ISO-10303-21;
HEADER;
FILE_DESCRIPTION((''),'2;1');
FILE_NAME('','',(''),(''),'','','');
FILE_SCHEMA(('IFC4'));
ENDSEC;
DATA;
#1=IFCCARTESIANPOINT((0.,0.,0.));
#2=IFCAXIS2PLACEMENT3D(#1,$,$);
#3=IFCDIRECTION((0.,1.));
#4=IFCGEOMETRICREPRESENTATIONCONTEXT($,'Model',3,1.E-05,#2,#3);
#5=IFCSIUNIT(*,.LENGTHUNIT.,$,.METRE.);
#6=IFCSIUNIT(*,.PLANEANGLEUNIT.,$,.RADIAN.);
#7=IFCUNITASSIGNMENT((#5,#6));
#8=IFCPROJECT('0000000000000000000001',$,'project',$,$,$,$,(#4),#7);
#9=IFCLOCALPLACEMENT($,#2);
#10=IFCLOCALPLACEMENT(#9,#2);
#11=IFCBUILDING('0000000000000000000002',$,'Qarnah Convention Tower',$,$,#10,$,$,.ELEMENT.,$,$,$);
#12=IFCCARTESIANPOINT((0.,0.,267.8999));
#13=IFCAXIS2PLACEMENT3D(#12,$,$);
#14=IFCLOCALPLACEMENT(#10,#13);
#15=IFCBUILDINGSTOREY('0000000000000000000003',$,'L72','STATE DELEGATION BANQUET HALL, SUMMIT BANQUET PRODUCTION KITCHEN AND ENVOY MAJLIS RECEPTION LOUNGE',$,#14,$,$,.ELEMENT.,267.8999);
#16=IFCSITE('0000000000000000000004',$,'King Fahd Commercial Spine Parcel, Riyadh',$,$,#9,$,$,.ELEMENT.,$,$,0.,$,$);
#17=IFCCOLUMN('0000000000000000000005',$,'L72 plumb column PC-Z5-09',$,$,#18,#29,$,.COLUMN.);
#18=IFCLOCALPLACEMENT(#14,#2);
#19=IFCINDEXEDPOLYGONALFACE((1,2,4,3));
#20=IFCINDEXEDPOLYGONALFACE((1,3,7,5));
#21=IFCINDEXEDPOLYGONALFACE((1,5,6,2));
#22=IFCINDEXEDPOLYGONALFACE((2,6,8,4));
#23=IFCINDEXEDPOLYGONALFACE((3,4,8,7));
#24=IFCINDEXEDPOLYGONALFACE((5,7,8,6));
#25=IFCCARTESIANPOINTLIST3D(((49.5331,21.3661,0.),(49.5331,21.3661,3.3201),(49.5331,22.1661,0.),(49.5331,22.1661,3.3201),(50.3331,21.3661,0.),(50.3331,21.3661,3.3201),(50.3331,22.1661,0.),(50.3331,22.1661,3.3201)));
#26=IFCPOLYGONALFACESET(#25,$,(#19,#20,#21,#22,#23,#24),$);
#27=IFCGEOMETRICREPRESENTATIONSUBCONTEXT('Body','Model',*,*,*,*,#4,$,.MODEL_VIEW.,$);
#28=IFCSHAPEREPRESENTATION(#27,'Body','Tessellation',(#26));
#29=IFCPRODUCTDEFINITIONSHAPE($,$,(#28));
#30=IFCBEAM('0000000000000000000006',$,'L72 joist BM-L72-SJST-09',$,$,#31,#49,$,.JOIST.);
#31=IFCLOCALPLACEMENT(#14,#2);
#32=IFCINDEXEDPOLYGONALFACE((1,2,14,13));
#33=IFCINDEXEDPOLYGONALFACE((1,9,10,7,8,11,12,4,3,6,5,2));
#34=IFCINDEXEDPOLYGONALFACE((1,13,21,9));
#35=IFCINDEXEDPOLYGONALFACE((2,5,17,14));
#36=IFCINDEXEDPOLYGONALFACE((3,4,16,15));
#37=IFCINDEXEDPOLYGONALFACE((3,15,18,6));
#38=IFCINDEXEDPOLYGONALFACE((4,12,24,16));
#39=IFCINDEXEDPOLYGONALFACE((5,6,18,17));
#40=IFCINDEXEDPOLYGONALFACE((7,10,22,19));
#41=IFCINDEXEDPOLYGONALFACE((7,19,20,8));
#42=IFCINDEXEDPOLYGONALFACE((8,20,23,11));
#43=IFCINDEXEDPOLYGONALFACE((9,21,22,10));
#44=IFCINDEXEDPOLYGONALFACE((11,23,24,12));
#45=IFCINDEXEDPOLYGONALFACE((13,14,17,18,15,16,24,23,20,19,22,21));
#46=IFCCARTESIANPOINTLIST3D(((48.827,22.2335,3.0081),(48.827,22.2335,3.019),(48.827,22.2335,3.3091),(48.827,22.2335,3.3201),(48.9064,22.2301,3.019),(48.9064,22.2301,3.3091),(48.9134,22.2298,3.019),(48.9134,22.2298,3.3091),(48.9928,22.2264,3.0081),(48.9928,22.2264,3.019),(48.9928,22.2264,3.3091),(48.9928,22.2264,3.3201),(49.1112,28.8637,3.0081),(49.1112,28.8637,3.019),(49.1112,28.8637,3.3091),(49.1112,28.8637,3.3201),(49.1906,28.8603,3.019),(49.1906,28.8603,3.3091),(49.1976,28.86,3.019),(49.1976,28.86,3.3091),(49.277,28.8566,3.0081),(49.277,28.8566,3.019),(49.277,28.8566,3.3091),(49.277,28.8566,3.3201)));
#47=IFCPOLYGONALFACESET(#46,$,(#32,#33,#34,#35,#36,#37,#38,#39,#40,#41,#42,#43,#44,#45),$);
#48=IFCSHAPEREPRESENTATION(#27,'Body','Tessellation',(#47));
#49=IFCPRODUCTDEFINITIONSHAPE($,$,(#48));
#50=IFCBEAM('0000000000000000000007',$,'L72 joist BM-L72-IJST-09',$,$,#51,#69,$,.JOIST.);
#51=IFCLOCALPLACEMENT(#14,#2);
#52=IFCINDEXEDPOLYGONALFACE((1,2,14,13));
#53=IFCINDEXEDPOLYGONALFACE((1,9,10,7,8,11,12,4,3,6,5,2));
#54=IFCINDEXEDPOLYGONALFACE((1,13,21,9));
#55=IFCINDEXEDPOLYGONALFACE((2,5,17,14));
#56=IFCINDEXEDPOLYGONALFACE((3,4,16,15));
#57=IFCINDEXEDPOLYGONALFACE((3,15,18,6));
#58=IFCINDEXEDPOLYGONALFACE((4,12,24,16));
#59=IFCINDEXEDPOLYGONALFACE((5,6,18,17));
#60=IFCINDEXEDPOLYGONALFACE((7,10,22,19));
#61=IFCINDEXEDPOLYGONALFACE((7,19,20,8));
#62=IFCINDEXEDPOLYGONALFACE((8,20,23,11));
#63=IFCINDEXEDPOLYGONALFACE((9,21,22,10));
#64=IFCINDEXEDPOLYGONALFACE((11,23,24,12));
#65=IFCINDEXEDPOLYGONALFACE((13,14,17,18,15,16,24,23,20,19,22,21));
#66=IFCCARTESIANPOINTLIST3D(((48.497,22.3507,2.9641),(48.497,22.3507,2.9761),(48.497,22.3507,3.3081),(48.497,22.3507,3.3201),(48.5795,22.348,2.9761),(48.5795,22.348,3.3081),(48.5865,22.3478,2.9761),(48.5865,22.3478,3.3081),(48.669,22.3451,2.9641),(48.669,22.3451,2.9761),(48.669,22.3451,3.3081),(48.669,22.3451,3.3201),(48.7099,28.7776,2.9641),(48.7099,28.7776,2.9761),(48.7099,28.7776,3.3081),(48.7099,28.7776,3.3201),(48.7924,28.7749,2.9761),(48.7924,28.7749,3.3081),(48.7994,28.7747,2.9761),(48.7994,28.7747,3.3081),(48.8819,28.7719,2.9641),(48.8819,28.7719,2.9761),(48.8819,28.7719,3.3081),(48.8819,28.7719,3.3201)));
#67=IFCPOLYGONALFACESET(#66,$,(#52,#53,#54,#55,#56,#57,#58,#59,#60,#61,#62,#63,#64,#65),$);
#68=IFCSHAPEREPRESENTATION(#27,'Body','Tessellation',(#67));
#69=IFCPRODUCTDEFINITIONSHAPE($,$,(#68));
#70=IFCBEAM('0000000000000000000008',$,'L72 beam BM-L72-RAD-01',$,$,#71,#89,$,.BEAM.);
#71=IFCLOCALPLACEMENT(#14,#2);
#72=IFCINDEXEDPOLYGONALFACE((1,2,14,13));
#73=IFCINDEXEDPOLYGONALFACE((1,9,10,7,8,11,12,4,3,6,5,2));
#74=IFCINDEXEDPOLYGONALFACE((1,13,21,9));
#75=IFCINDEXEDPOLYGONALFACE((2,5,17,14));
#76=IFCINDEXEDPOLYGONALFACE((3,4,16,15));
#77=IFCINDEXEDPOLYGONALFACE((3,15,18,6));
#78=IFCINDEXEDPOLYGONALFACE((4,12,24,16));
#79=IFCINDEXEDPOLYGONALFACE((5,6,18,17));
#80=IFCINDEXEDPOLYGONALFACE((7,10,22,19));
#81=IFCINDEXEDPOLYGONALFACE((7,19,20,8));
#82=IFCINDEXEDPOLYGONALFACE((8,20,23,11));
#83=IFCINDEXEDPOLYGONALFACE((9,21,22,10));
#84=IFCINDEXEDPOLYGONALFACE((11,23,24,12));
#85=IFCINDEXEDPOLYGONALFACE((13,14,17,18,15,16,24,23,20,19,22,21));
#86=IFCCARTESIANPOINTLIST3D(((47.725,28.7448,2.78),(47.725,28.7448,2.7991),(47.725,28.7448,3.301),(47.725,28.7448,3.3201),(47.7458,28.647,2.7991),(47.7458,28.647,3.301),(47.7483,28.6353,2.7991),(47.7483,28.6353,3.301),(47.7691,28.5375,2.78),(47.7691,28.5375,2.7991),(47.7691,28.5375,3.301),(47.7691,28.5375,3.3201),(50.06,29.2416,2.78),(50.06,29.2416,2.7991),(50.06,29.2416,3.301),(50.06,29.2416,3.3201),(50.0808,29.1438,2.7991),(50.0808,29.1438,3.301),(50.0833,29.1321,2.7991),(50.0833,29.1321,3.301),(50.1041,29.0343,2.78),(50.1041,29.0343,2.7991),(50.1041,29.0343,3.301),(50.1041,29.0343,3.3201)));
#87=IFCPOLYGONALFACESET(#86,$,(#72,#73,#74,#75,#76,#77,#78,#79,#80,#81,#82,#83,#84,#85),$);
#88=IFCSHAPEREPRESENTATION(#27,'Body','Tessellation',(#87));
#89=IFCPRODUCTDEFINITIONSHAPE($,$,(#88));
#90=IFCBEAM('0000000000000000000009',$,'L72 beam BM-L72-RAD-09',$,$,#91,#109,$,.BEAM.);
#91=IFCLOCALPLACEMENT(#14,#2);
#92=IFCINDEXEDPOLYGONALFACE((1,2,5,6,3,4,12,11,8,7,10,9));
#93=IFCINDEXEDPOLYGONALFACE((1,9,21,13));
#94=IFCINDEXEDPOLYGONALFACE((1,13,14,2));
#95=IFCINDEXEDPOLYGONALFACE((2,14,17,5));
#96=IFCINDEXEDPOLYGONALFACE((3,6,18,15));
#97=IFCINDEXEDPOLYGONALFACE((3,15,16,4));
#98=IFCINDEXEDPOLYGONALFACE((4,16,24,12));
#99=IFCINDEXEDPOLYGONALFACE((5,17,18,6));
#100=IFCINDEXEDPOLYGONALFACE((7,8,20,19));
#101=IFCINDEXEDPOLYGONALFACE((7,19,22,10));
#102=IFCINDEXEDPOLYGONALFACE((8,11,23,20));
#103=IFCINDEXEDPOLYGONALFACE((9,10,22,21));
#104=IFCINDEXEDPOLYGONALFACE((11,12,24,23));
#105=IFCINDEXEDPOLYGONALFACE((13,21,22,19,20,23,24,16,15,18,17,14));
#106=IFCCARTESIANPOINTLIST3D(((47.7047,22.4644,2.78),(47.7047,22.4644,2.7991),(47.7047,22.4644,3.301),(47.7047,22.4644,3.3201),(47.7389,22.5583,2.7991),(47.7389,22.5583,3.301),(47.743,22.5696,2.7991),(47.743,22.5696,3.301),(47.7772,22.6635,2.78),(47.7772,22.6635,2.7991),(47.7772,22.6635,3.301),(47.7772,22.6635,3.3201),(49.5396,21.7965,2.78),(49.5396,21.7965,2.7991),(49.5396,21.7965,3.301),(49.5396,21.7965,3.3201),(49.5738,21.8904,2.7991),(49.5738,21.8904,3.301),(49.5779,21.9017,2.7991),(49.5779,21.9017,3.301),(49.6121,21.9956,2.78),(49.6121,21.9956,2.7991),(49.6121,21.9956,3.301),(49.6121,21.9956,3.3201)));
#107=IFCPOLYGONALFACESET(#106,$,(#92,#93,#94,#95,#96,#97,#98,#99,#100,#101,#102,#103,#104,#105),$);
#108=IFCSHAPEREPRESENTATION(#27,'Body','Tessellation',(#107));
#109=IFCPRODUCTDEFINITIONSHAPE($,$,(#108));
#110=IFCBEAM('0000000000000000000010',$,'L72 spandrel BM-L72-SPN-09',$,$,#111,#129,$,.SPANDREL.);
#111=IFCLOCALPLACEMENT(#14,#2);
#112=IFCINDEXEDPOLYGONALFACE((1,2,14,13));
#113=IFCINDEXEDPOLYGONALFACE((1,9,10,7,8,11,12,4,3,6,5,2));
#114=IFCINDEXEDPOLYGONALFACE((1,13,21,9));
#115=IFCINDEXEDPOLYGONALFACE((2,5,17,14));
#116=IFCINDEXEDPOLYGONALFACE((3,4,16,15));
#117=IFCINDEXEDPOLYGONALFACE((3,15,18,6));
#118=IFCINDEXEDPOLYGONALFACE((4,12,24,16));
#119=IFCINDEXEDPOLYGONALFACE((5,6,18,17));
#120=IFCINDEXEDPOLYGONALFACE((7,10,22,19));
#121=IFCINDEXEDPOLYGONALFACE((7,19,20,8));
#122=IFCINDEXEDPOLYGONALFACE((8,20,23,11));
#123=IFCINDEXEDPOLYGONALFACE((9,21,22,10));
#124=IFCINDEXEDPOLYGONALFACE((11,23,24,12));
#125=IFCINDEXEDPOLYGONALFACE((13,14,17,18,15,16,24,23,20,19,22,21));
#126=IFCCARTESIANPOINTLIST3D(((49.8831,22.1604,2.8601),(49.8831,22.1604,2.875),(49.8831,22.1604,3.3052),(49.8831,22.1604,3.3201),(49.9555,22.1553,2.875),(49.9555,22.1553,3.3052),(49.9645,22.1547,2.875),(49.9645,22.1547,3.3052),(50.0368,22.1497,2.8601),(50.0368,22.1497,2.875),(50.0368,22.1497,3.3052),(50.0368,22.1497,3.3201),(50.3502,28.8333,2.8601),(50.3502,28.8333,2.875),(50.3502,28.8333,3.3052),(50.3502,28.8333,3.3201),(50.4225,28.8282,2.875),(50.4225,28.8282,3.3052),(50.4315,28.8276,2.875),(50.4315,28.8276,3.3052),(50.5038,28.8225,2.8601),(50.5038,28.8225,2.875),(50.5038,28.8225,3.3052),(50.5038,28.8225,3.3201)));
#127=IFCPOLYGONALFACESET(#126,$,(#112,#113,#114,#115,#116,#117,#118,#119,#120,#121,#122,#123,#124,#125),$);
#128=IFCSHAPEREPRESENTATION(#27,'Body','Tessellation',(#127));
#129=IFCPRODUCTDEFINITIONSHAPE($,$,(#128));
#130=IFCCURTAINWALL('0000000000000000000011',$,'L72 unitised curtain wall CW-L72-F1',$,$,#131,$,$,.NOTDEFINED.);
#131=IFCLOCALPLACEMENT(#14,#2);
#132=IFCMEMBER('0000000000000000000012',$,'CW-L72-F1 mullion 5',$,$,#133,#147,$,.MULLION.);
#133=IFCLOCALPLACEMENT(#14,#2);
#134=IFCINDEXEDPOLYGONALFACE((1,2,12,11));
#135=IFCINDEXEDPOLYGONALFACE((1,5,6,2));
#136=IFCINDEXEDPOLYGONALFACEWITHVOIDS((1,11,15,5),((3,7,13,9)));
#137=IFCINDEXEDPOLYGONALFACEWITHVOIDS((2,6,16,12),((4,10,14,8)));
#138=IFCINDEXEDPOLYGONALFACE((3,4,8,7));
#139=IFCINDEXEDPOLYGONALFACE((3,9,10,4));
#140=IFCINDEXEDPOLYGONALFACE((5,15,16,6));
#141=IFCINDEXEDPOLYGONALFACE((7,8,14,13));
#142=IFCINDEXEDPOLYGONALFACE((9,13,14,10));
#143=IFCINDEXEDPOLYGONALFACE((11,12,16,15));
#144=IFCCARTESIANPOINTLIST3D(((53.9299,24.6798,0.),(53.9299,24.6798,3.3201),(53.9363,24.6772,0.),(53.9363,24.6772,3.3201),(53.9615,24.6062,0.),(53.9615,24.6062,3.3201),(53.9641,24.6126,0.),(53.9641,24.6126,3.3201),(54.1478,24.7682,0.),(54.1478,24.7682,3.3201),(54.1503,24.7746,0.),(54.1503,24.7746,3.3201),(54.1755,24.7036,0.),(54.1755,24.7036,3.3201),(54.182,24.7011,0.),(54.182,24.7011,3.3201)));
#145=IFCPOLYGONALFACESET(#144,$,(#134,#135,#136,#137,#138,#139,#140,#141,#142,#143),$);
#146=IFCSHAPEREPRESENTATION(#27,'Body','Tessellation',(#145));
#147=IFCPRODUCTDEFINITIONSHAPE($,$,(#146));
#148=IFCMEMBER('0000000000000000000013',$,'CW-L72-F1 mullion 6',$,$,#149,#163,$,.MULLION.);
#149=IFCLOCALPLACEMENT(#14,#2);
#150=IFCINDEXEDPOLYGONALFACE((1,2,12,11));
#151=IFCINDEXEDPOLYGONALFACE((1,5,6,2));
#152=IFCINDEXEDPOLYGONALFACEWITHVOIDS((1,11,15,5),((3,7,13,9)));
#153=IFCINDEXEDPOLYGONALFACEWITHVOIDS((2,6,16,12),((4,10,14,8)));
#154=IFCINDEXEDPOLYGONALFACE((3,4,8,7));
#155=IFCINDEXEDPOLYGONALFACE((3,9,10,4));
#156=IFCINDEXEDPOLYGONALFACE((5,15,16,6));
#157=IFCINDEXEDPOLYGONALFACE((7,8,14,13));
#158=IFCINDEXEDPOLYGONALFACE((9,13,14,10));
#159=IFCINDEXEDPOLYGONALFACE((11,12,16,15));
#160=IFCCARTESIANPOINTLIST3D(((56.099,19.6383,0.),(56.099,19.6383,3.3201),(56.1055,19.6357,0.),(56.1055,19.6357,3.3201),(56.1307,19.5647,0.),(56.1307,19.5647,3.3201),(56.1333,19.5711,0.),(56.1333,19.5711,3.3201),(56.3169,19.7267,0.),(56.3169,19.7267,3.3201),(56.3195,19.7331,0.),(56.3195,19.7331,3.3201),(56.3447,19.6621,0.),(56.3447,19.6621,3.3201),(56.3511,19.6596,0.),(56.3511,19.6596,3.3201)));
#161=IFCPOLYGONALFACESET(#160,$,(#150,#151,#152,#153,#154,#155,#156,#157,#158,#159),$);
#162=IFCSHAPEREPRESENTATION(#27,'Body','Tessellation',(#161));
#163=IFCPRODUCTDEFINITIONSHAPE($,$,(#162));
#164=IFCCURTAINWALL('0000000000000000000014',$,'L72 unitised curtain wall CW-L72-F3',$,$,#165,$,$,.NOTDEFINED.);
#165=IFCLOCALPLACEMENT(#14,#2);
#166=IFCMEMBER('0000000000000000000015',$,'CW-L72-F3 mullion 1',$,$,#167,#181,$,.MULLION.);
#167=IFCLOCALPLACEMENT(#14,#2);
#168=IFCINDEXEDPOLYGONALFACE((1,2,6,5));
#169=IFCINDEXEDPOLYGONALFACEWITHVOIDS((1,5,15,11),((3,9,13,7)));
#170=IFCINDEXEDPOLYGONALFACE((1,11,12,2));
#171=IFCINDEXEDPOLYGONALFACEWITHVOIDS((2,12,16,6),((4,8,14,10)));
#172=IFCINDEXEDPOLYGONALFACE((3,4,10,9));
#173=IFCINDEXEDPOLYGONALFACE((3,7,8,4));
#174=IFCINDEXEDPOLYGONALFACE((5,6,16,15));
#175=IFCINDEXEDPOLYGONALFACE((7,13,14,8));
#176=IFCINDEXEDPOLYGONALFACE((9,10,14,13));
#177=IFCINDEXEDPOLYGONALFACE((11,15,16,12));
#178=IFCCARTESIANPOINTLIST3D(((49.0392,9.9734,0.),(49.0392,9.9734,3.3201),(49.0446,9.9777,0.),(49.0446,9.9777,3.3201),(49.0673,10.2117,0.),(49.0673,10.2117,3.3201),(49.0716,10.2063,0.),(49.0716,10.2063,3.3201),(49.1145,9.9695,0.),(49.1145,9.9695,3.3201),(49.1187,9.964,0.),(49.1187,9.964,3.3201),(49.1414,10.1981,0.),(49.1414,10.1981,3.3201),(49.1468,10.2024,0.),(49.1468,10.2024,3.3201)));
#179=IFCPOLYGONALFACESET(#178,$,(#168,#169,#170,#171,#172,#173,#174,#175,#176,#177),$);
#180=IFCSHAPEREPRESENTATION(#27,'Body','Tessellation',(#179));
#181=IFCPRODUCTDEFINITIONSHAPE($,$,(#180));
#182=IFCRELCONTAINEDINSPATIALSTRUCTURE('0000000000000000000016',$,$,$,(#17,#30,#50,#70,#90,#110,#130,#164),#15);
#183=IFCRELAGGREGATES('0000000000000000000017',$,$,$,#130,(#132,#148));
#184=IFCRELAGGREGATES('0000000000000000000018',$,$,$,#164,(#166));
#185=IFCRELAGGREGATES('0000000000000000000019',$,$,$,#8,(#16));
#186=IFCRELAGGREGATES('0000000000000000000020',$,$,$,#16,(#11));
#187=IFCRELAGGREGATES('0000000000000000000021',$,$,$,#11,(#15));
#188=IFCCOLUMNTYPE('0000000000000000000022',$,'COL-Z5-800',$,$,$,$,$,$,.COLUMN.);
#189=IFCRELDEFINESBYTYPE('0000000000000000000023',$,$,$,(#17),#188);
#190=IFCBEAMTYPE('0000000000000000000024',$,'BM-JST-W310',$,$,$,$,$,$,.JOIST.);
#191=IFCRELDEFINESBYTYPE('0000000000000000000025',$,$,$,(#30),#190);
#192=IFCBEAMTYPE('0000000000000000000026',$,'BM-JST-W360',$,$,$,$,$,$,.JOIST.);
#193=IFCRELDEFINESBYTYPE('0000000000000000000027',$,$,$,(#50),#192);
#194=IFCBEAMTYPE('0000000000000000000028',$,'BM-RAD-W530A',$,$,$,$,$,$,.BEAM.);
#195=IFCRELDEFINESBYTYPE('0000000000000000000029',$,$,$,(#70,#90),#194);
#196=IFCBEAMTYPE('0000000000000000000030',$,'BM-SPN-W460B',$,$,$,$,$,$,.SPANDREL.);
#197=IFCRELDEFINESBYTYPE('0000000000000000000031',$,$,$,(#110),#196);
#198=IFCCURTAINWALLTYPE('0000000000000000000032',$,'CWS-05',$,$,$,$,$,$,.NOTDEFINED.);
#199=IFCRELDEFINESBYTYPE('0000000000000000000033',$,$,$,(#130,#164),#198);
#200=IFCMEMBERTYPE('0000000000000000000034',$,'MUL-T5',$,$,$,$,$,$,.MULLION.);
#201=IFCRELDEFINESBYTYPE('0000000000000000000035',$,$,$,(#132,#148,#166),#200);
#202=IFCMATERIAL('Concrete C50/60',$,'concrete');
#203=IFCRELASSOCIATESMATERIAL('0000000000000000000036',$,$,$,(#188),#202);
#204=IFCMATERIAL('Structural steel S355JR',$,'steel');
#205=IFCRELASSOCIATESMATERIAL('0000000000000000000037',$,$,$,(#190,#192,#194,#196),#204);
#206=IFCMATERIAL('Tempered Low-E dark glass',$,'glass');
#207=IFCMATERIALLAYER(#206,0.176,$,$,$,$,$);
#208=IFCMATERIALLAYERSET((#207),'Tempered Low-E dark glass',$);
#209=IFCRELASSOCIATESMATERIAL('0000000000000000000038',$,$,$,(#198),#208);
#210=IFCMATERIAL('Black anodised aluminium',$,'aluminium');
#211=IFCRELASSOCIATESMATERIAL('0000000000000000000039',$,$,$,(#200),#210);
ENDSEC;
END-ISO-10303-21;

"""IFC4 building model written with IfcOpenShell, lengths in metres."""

from ifc_helpers import new_model, si_unit, direction, frame, origin, origin_2d, place, context, subcontext, project, spatial, rectangle, hollow_rectangle, i_section, extrude, material, layer, layer_set, material_profile, profile_set, type_object, element, aggregate, save


model = new_model("IFC4")

# Units and contexts
model_context = context("Model", 3, precision=1e-05, world=origin(), true_north=direction((0.0, 1.0)))
body_context = subcontext(model_context, "Body", "Model", "MODEL_VIEW")
ifc_project = project(units=[si_unit("LENGTHUNIT", "METRE"), si_unit("PLANEANGLEUNIT", "RADIAN")], contexts=[model_context])

# Site, building, storey
site_placement = place(None, origin())
site = spatial("IfcSite", under=ifc_project, at=site_placement, Name="King Fahd Commercial Spine Parcel, Riyadh", CompositionType="ELEMENT", RefElevation=0.0)
building_placement = place(site_placement, origin())
building = spatial("IfcBuilding", under=site, at=building_placement, Name="Qarnah Convention Tower", CompositionType="ELEMENT")
storey_placement = place(building_placement, frame((0.0, 0.0, 267.8999)))
storey = spatial("IfcBuildingStorey", under=building, at=storey_placement, Name="L72", Description="STATE DELEGATION BANQUET HALL, SUMMIT BANQUET PRODUCTION KITCHEN AND ENVOY MAJLIS RECEPTION LOUNGE", CompositionType="ELEMENT", Elevation=267.8999)

# Column
ifc_material_1 = material(Name="Concrete C50/60", Category="concrete")
ifc_material_profile_1 = material_profile(ifc_material_1, rectangle(XDim=0.8, YDim=0.8, at=origin_2d()), Name="RC-COL-800X800")
ifc_profile_set_1 = profile_set([ifc_material_profile_1], Name="Concrete C50/60")
column_type = type_object("IfcColumnType", Name="COL-Z5-800", PredefinedType="COLUMN", material=ifc_profile_set_1)
column_placement = place(storey_placement, frame((49.9331, 21.7661, 0.0), z_axis=(0.0, 0.0, 1.0), x_axis=(1.0, 0.0, 0.0)))
element("IfcColumn", 1, at=column_placement, inside=storey, type_object=column_type, Name="L72 plumb column PC-Z5-09", PredefinedType="COLUMN", context=body_context, shape_type="SweptSolid", body=[
    extrude(rectangle(XDim=0.8, YDim=0.8, at=origin_2d()), origin(), (0.0, 0.0, 1.0), 3.3201),
])

# Beams
ifc_material_2 = material(Name="Structural steel S355JR", Category="steel")
ifc_material_profile_2 = material_profile(ifc_material_2, i_section(OverallWidth=0.166, OverallDepth=0.312, WebThickness=0.0071, FlangeThickness=0.011, at=origin_2d()), Name="W310X45")
ifc_profile_set_2 = profile_set([ifc_material_profile_2], Name="Structural steel S355JR")
beam_type_1 = type_object("IfcBeamType", Name="BM-JST-W310", PredefinedType="JOIST", material=ifc_profile_set_2)
beam_1_placement = place(storey_placement, frame((48.9099, 22.23, 3.1641), z_axis=(0.042823, 0.999083, 0.0), x_axis=(-0.999083, 0.042823, 0.0)))
element("IfcBeam", 2, at=beam_1_placement, inside=storey, type_object=beam_type_1, Name="L72 joist BM-L72-SJST-09", PredefinedType="JOIST", context=body_context, shape_type="SweptSolid", body=[
    extrude(i_section(OverallWidth=0.166, OverallDepth=0.312, WebThickness=0.0071, FlangeThickness=0.011, at=origin_2d()), origin(), (0.0, 0.0, 1.0), 6.6362),
])
ifc_material_profile_3 = material_profile(ifc_material_2, i_section(OverallWidth=0.1721, OverallDepth=0.356, WebThickness=0.0071, FlangeThickness=0.012, at=origin_2d()), Name="W360X51")
ifc_profile_set_3 = profile_set([ifc_material_profile_3], Name="Structural steel S355JR")
beam_type_2 = type_object("IfcBeamType", Name="BM-JST-W360", PredefinedType="JOIST", material=ifc_profile_set_3)
beam_2_placement = place(storey_placement, frame((48.583, 22.3479, 3.1421), z_axis=(0.033106, 0.999452, 0.0), x_axis=(-0.999452, 0.033106, 0.0)))
element("IfcBeam", 3, at=beam_2_placement, inside=storey, type_object=beam_type_2, Name="L72 joist BM-L72-IJST-09", PredefinedType="JOIST", context=body_context, shape_type="SweptSolid", body=[
    extrude(i_section(OverallWidth=0.1721, OverallDepth=0.356, WebThickness=0.0071, FlangeThickness=0.012, at=origin_2d()), origin(), (0.0, 0.0, 1.0), 6.4304),
])
ifc_material_profile_4 = material_profile(ifc_material_2, i_section(OverallWidth=0.2119, OverallDepth=0.54, WebThickness=0.012, FlangeThickness=0.019, at=origin_2d()), Name="W530X109")
ifc_profile_set_4 = profile_set([ifc_material_profile_4], Name="Structural steel S355JR")
beam_type_3 = type_object("IfcBeamType", Name="BM-RAD-W530A", PredefinedType="BEAM", material=ifc_profile_set_4)
beam_3_placement = place(storey_placement, frame((47.7471, 28.6411, 3.05), z_axis=(0.978104, 0.208118, 0.0), x_axis=(-0.208118, 0.978104, 0.0)))
element("IfcBeam", 4, at=beam_3_placement, inside=storey, type_object=beam_type_3, Name="L72 beam BM-L72-RAD-01", PredefinedType="BEAM", context=body_context, shape_type="SweptSolid", body=[
    extrude(i_section(OverallWidth=0.2119, OverallDepth=0.54, WebThickness=0.012, FlangeThickness=0.019, at=origin_2d()), origin(), (0.0, 0.0, 1.0), 2.3872),
])
beam_4_placement = place(storey_placement, frame((47.741, 22.564, 3.05), z_axis=(0.939677, -0.342064, 0.0), x_axis=(0.342064, 0.939677, 0.0)))
element("IfcBeam", 5, at=beam_4_placement, inside=storey, type_object=beam_type_3, Name="L72 beam BM-L72-RAD-09", PredefinedType="BEAM", context=body_context, shape_type="SweptSolid", body=[
    extrude(i_section(OverallWidth=0.2119, OverallDepth=0.54, WebThickness=0.012, FlangeThickness=0.019, at=origin_2d()), origin(), (0.0, 0.0, 1.0), 1.9526),
])
ifc_material_profile_5 = material_profile(ifc_material_2, i_section(OverallWidth=0.1541, OverallDepth=0.46, WebThickness=0.009, FlangeThickness=0.0149, at=origin_2d()), Name="W460X68")
ifc_profile_set_5 = profile_set([ifc_material_profile_5], Name="Structural steel S355JR")
beam_type_4 = type_object("IfcBeamType", Name="BM-SPN-W460B", PredefinedType="SPANDREL", material=ifc_profile_set_5)
beam_5_placement = place(storey_placement, frame((49.96, 22.155, 3.0901), z_axis=(0.06982, 0.99756, 0.0), x_axis=(-0.99756, 0.06982, 0.0)))
element("IfcBeam", 6, at=beam_5_placement, inside=storey, type_object=beam_type_4, Name="L72 spandrel BM-L72-SPN-09", PredefinedType="SPANDREL", context=body_context, shape_type="SweptSolid", body=[
    extrude(i_section(OverallWidth=0.1541, OverallDepth=0.46, WebThickness=0.009, FlangeThickness=0.0149, at=origin_2d()), origin(), (0.0, 0.0, 1.0), 6.6892),
])

# Curtain walls, members
ifc_material_3 = material(Name="Tempered Low-E dark glass", Category="glass")
ifc_layer_1 = layer(ifc_material_3, 0.176)
ifc_layer_set_1 = layer_set([ifc_layer_1], Name="Tempered Low-E dark glass")
curtain_wall_type = type_object("IfcCurtainWallType", Name="CWS-05", PredefinedType="NOTDEFINED", material=ifc_layer_set_1)
curtain_wall_1_placement = place(storey_placement, origin())
curtain_wall_1 = element("IfcCurtainWall", 7, at=curtain_wall_1_placement, inside=storey, type_object=curtain_wall_type, Name="L72 unitised curtain wall CW-L72-F1", PredefinedType="NOTDEFINED")
ifc_material_4 = material(Name="Black anodised aluminium", Category="aluminium")
ifc_material_profile_6 = material_profile(ifc_material_4, hollow_rectangle(XDim=0.0801, YDim=0.24, WallThickness=0.0049, at=origin_2d()), Name="MUL-80X240")
ifc_profile_set_6 = profile_set([ifc_material_profile_6], Name="Black anodised aluminium")
member_type_1 = type_object("IfcMemberType", Name="MUL-T5", PredefinedType="MULLION", material=ifc_profile_set_6)
member_1_placement = place(storey_placement, frame((54.0559, 24.6904, 0.0), z_axis=(0.0, 0.0, 1.0), x_axis=(0.395212, -0.91859, 0.0)))
member_1 = element("IfcMember", 8, at=member_1_placement, type_object=member_type_1, Name="CW-L72-F1 mullion 5", PredefinedType="MULLION", context=body_context, shape_type="SweptSolid", body=[
    extrude(hollow_rectangle(XDim=0.0801, YDim=0.24, WallThickness=0.0049, at=origin_2d()), origin(), (0.0, 0.0, 1.0), 3.3201),
])
member_2_placement = place(storey_placement, frame((56.2251, 19.6489, 0.0), z_axis=(0.0, 0.0, 1.0), x_axis=(0.395212, -0.91859, 0.0)))
member_2 = element("IfcMember", 9, at=member_2_placement, type_object=member_type_1, Name="CW-L72-F1 mullion 6", PredefinedType="MULLION", context=body_context, shape_type="SweptSolid", body=[
    extrude(hollow_rectangle(XDim=0.0801, YDim=0.24, WallThickness=0.0049, at=origin_2d()), origin(), (0.0, 0.0, 1.0), 3.3201),
])
curtain_wall_2_placement = place(storey_placement, origin())
curtain_wall_2 = element("IfcCurtainWall", 10, at=curtain_wall_2_placement, inside=storey, type_object=curtain_wall_type, Name="L72 unitised curtain wall CW-L72-F3", PredefinedType="NOTDEFINED")
member_3_placement = place(storey_placement, frame((49.093, 10.0879, 0.0), z_axis=(0.0, 0.0, 1.0), x_axis=(-0.99313, 0.117017, 0.0)))
member_3 = element("IfcMember", 11, at=member_3_placement, type_object=member_type_1, Name="CW-L72-F3 mullion 1", PredefinedType="MULLION", context=body_context, shape_type="SweptSolid", body=[
    extrude(hollow_rectangle(XDim=0.0801, YDim=0.24, WallThickness=0.0049, at=origin_2d()), origin(), (0.0, 0.0, 1.0), 3.3201),
])

aggregate(curtain_wall_1, [member_1, member_2])
aggregate(curtain_wall_2, [member_3])

save(model, "model.ifc")
